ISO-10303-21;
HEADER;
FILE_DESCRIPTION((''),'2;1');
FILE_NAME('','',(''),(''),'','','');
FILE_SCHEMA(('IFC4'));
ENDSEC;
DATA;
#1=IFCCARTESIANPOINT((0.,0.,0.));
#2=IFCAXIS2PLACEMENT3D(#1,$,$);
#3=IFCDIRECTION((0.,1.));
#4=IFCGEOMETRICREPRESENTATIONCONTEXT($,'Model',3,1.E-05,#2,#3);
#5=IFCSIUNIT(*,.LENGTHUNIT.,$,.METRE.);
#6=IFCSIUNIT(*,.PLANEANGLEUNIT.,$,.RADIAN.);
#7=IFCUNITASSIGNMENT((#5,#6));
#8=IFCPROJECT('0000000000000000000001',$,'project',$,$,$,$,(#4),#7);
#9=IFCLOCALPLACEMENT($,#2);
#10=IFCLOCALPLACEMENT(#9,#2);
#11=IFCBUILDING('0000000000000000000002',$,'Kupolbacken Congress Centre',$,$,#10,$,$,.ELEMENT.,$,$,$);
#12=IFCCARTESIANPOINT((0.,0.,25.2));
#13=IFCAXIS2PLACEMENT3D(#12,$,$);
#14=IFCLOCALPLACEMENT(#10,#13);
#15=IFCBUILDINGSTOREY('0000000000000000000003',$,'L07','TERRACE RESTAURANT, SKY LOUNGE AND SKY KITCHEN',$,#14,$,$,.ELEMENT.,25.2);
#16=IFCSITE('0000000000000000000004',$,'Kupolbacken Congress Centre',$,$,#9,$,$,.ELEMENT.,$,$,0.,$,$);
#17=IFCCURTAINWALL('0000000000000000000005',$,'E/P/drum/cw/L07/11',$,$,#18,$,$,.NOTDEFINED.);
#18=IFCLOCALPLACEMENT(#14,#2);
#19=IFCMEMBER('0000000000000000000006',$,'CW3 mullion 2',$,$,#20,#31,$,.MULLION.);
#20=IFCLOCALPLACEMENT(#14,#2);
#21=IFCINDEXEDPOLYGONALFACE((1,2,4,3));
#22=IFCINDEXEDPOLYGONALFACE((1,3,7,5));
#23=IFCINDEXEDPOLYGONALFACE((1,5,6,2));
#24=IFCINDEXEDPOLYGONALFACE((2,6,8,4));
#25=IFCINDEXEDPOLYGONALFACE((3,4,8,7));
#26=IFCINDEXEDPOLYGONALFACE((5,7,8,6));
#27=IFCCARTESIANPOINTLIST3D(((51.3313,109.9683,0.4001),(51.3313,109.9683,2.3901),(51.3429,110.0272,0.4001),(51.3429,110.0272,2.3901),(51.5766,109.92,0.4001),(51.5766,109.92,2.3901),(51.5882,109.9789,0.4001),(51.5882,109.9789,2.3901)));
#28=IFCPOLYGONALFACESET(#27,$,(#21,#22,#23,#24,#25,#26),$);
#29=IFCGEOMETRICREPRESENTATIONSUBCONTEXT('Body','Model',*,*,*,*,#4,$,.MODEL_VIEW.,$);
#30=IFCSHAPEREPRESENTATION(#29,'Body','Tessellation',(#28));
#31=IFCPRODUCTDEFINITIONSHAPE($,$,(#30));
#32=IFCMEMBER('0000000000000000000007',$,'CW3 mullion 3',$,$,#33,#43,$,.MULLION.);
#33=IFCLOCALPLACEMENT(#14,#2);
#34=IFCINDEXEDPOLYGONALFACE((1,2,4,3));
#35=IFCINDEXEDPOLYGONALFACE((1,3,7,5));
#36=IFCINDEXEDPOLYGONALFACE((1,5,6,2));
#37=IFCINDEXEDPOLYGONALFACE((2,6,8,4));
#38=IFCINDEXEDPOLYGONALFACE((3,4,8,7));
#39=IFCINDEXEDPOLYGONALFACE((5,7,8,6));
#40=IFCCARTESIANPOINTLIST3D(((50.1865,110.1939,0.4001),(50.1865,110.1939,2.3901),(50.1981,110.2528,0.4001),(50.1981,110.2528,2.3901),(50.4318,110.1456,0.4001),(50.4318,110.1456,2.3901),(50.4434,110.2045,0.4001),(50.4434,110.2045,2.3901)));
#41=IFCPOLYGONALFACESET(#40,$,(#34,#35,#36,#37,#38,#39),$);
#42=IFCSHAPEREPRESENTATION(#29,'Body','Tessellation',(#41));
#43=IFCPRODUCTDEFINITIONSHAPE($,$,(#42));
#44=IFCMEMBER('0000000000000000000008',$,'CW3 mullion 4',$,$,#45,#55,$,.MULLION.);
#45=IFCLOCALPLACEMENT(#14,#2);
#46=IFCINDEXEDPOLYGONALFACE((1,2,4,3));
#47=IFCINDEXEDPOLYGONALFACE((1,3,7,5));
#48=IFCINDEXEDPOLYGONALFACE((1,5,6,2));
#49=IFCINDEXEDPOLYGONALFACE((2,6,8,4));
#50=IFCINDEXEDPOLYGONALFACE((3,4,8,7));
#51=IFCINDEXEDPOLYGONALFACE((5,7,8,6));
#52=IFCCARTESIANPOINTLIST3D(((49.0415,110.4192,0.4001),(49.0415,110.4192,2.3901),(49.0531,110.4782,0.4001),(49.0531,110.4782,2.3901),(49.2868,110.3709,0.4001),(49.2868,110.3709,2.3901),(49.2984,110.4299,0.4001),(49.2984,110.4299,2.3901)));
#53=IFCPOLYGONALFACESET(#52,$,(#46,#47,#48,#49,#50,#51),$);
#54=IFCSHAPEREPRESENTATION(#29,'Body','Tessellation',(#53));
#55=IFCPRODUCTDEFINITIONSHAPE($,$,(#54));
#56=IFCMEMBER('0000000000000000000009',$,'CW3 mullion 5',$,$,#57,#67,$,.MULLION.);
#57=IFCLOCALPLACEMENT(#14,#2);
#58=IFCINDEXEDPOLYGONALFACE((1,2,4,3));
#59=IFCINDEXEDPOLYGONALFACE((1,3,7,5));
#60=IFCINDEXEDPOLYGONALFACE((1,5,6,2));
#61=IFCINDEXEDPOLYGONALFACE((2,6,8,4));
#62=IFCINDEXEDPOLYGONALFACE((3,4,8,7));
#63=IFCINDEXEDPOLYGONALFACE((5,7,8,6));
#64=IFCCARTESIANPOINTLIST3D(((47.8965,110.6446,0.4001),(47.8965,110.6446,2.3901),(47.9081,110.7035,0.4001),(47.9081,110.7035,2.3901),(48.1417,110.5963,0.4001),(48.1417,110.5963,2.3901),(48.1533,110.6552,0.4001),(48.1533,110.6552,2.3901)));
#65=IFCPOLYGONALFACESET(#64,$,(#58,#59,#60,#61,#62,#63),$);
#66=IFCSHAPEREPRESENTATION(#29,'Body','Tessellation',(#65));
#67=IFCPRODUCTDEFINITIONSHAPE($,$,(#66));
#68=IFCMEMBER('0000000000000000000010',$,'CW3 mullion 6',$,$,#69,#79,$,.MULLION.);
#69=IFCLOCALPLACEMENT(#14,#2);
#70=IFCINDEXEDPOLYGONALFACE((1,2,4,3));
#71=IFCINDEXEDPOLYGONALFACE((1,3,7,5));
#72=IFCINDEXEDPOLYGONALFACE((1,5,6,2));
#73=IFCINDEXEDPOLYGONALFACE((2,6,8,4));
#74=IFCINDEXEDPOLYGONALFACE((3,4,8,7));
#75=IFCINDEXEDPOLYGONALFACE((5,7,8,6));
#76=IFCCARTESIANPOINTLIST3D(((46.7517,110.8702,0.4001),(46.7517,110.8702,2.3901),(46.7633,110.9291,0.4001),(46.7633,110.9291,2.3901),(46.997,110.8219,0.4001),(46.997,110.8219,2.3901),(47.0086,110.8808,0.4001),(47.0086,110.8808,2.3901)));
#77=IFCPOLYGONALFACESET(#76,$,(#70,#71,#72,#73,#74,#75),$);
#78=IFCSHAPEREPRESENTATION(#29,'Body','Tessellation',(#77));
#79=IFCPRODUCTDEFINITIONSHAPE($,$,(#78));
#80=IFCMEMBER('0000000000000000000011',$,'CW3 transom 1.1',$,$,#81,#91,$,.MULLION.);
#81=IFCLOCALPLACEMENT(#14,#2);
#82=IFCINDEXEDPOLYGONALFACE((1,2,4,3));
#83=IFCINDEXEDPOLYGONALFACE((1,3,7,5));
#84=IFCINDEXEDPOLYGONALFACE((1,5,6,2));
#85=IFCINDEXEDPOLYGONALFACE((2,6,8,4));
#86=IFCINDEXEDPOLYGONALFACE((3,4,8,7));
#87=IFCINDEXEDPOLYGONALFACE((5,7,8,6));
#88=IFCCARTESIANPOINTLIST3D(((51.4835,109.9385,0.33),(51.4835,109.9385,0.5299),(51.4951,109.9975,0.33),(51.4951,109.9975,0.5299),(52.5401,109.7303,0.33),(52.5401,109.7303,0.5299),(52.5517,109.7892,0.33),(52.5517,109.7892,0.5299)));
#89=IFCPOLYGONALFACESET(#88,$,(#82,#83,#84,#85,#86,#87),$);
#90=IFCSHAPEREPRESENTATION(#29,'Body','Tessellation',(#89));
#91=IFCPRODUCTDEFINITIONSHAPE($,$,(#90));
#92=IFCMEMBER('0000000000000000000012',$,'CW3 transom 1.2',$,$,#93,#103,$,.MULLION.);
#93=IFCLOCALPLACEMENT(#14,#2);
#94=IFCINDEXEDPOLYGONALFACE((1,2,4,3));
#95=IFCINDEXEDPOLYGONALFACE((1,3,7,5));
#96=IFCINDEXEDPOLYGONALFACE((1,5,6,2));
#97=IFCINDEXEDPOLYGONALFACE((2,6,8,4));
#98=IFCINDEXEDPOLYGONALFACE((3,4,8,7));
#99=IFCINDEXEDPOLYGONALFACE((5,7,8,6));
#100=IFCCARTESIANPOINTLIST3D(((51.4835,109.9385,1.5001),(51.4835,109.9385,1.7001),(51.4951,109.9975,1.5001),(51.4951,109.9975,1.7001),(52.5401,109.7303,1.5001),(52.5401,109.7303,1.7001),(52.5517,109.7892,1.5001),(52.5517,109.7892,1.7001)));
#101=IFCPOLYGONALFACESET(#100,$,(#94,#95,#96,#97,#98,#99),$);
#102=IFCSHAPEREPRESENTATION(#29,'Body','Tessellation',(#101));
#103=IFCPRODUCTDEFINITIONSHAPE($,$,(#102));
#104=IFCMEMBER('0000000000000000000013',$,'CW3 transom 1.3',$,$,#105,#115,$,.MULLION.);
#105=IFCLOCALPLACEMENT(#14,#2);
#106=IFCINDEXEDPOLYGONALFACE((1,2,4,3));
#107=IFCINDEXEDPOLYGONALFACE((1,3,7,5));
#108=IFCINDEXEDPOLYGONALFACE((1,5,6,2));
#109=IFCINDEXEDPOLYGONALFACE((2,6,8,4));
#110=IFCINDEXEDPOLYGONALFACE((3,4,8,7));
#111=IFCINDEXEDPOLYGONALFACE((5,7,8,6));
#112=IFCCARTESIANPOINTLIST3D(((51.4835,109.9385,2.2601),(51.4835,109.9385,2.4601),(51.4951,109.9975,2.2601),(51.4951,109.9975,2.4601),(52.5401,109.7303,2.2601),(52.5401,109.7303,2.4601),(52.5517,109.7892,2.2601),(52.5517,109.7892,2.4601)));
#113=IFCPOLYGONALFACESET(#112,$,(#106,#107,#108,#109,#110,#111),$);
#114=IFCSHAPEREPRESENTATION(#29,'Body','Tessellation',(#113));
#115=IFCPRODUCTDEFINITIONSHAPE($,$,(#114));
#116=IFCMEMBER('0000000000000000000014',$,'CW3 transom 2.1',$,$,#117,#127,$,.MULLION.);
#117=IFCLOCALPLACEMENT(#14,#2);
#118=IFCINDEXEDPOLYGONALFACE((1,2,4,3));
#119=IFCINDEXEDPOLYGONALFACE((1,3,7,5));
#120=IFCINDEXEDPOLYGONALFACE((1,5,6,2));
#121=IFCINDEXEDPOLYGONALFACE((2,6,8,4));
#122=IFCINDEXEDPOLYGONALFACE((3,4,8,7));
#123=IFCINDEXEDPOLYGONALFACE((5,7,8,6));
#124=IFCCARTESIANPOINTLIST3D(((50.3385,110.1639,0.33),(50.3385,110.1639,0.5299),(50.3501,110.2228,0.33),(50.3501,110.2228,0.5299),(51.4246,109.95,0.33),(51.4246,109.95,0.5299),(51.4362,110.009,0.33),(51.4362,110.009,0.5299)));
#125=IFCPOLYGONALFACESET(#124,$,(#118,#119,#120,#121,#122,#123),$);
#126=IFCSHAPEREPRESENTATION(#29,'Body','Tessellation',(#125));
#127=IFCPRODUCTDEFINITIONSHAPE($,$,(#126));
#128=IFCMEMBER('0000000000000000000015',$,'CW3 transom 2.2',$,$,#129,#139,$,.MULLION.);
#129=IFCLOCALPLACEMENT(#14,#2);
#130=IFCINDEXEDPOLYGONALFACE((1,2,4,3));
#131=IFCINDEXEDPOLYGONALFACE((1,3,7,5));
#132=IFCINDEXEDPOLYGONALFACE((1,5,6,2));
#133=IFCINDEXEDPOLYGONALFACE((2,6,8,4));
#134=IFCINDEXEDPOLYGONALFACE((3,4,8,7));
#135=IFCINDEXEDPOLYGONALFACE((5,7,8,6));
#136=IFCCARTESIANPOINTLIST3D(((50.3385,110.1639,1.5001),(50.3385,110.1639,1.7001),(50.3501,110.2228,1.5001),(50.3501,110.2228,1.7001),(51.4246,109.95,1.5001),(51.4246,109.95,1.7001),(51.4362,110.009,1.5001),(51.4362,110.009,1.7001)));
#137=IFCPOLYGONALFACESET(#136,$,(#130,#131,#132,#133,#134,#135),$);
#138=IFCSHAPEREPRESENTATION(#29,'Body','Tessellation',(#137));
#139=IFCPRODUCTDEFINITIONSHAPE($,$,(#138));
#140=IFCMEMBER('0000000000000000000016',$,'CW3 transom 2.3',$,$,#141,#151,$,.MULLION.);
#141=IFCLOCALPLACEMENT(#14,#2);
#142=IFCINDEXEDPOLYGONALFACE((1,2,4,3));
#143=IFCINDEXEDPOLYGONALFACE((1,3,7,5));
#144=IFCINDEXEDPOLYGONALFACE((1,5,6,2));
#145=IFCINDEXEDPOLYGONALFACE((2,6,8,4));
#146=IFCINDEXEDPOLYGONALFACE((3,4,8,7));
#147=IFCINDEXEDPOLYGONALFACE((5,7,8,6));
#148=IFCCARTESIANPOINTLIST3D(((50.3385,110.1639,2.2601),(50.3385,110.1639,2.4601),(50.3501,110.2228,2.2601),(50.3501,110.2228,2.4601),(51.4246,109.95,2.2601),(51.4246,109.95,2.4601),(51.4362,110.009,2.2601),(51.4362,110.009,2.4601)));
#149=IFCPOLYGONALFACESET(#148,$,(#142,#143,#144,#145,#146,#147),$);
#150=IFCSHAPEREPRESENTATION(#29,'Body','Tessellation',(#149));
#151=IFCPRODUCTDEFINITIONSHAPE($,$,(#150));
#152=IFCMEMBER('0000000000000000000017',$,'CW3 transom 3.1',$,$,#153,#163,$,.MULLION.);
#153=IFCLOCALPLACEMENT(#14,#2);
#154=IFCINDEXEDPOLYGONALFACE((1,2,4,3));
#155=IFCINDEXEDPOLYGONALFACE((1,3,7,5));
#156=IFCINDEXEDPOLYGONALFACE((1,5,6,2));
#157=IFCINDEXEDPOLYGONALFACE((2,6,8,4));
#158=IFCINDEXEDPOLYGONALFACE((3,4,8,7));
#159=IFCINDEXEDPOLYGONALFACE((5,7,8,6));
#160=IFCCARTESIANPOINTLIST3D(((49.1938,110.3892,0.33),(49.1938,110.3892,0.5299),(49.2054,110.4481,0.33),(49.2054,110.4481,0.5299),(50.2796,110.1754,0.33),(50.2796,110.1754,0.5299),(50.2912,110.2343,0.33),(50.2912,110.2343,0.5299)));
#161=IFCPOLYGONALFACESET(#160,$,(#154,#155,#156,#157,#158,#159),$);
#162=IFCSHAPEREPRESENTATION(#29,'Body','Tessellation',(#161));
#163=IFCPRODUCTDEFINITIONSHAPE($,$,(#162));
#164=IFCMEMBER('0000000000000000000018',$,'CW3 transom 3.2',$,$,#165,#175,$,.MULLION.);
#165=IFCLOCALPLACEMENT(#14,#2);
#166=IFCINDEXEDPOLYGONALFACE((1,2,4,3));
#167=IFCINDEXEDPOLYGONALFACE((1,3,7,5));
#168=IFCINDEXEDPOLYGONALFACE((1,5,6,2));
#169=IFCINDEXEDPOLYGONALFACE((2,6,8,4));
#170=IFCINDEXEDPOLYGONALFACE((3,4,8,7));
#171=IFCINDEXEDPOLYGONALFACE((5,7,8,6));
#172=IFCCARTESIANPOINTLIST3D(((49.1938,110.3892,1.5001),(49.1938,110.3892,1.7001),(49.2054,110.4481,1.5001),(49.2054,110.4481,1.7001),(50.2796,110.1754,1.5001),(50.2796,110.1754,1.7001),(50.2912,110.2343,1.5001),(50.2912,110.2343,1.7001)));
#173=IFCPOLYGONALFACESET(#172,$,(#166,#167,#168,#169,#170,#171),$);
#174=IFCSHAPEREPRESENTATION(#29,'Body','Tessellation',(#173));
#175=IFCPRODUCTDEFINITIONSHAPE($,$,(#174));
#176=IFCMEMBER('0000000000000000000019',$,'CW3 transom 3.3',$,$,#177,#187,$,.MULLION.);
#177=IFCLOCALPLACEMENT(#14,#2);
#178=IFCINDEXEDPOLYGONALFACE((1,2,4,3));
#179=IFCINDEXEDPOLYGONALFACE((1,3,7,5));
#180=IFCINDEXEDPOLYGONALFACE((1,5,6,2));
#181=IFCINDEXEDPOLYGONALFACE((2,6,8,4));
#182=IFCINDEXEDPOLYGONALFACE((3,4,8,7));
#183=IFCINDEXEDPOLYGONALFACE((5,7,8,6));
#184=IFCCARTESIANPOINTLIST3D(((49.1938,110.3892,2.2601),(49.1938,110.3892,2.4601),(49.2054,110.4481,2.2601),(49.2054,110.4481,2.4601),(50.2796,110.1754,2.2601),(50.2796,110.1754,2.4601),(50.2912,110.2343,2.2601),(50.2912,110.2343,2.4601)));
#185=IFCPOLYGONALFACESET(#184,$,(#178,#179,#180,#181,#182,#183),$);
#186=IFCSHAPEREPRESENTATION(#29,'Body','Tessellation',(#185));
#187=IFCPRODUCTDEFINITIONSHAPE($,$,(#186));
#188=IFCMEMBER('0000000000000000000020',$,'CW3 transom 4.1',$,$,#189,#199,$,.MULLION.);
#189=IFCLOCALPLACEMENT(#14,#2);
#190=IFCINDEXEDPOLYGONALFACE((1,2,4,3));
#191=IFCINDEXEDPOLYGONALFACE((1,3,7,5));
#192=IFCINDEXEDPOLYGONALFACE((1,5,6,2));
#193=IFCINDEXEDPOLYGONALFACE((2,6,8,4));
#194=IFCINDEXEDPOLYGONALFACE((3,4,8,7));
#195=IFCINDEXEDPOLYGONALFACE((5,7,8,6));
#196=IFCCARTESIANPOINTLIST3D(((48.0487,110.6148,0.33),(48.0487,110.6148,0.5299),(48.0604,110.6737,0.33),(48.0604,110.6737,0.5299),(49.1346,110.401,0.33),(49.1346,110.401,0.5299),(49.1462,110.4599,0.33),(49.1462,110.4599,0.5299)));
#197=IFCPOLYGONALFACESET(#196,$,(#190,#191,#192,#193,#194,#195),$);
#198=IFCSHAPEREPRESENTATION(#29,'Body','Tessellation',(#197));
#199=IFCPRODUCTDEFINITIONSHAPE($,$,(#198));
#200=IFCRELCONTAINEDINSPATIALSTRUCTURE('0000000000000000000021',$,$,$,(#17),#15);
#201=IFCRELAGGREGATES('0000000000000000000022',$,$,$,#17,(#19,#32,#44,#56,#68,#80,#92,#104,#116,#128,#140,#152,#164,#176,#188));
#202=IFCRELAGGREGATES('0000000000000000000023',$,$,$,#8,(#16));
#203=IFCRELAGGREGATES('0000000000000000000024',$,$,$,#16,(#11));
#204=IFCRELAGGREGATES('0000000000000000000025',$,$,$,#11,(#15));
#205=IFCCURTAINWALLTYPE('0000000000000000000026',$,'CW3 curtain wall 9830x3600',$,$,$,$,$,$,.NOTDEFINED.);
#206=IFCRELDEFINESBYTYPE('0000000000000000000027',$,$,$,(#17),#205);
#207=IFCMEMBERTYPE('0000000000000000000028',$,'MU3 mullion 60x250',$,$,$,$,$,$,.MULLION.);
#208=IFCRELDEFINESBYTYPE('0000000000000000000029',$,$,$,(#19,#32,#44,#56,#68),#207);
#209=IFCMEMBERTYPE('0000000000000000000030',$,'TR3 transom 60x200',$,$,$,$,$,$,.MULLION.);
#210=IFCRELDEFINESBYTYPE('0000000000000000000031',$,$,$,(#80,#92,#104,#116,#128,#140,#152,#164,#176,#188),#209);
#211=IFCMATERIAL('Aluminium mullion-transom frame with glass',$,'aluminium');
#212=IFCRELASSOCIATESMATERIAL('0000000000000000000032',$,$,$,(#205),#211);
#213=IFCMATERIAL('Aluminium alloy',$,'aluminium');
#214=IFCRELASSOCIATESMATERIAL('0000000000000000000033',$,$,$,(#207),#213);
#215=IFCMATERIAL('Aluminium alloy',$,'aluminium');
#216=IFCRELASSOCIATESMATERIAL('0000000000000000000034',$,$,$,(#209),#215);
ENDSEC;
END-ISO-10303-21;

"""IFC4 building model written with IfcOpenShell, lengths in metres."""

from ifc_helpers import new_model, si_unit, direction, frame, origin, origin_2d, place, context, subcontext, project, spatial, rectangle, extrude, material, material_profile, profile_set, type_object, element, aggregate, save


model = new_model("IFC4")

# Units and contexts
model_context = context("Model", 3, precision=1e-05, world=origin(), true_north=direction((0.0, 1.0)))
body_context = subcontext(model_context, "Body", "Model", "MODEL_VIEW")
ifc_project = project(units=[si_unit("LENGTHUNIT", "METRE"), si_unit("PLANEANGLEUNIT", "RADIAN")], contexts=[model_context])

# Site, building, storey
site_placement = place(None, origin())
site = spatial("IfcSite", under=ifc_project, at=site_placement, Name="Kupolbacken Congress Centre", CompositionType="ELEMENT", RefElevation=0.0)
building_placement = place(site_placement, origin())
building = spatial("IfcBuilding", under=site, at=building_placement, Name="Kupolbacken Congress Centre", CompositionType="ELEMENT")
storey_placement = place(building_placement, frame((0.0, 0.0, 25.2)))
storey = spatial("IfcBuildingStorey", under=building, at=storey_placement, Name="L07", Description="TERRACE RESTAURANT, SKY LOUNGE AND SKY KITCHEN", CompositionType="ELEMENT", Elevation=25.2)

# Curtain wall, members
ifc_material_1 = material(Name="Aluminium mullion-transom frame with glass", Category="aluminium")
curtain_wall_type = type_object("IfcCurtainWallType", Name="CW3 curtain wall 9830x3600", PredefinedType="NOTDEFINED", material=ifc_material_1)
curtain_wall_placement = place(storey_placement, origin())
curtain_wall = element("IfcCurtainWall", 1, at=curtain_wall_placement, inside=storey, type_object=curtain_wall_type, Name="E/P/drum/cw/L07/11", PredefinedType="NOTDEFINED")
ifc_material_2 = material(Name="Aluminium alloy", Category="aluminium")
ifc_material_profile_1 = material_profile(ifc_material_2, rectangle(XDim=0.0601, YDim=0.25, at=origin_2d()), Name="60 x 250")
ifc_profile_set_1 = profile_set([ifc_material_profile_1], Name="Aluminium alloy")
member_type_1 = type_object("IfcMemberType", Name="MU3 mullion 60x250", PredefinedType="MULLION", material=ifc_profile_set_1)
member_1_placement = place(storey_placement, frame((51.4597, 109.9736, 0.4001), z_axis=(0.0, 0.0, 1.0), x_axis=(-0.193182, -0.981163, 0.0)))
member_1 = element("IfcMember", 2, at=member_1_placement, type_object=member_type_1, Name="CW3 mullion 2", PredefinedType="MULLION", context=body_context, shape_type="SweptSolid", body=[
    extrude(rectangle(XDim=0.0601, YDim=0.25, at=origin_2d()), origin(), (0.0, 0.0, 1.0), 1.99),
])
member_2_placement = place(storey_placement, frame((50.3149, 110.1992, 0.4001), z_axis=(0.0, 0.0, 1.0), x_axis=(-0.193182, -0.981163, 0.0)))
member_2 = element("IfcMember", 3, at=member_2_placement, type_object=member_type_1, Name="CW3 mullion 3", PredefinedType="MULLION", context=body_context, shape_type="SweptSolid", body=[
    extrude(rectangle(XDim=0.0601, YDim=0.25, at=origin_2d()), origin(), (0.0, 0.0, 1.0), 1.99),
])
member_3_placement = place(storey_placement, frame((49.1699, 110.4246, 0.4001), z_axis=(0.0, 0.0, 1.0), x_axis=(-0.193182, -0.981163, 0.0)))
member_3 = element("IfcMember", 4, at=member_3_placement, type_object=member_type_1, Name="CW3 mullion 4", PredefinedType="MULLION", context=body_context, shape_type="SweptSolid", body=[
    extrude(rectangle(XDim=0.0601, YDim=0.25, at=origin_2d()), origin(), (0.0, 0.0, 1.0), 1.99),
])
member_4_placement = place(storey_placement, frame((48.0249, 110.6499, 0.4001), z_axis=(0.0, 0.0, 1.0), x_axis=(-0.193182, -0.981163, 0.0)))
member_4 = element("IfcMember", 5, at=member_4_placement, type_object=member_type_1, Name="CW3 mullion 5", PredefinedType="MULLION", context=body_context, shape_type="SweptSolid", body=[
    extrude(rectangle(XDim=0.0601, YDim=0.25, at=origin_2d()), origin(), (0.0, 0.0, 1.0), 1.99),
])
member_5_placement = place(storey_placement, frame((46.8801, 110.8755, 0.4001), z_axis=(0.0, 0.0, 1.0), x_axis=(-0.193182, -0.981163, 0.0)))
member_5 = element("IfcMember", 6, at=member_5_placement, type_object=member_type_1, Name="CW3 mullion 6", PredefinedType="MULLION", context=body_context, shape_type="SweptSolid", body=[
    extrude(rectangle(XDim=0.0601, YDim=0.25, at=origin_2d()), origin(), (0.0, 0.0, 1.0), 1.99),
])
ifc_material_3 = material(Name="Aluminium alloy", Category="aluminium")
ifc_material_profile_2 = material_profile(ifc_material_3, rectangle(XDim=0.0601, YDim=0.2, at=origin_2d()), Name="60 x 200")
ifc_profile_set_2 = profile_set([ifc_material_profile_2], Name="Aluminium alloy")
member_type_2 = type_object("IfcMemberType", Name="TR3 transom 60x200", PredefinedType="MULLION", material=ifc_profile_set_2)
member_6_placement = place(storey_placement, frame((52.5459, 109.7598, 0.4299), z_axis=(-0.981126, 0.193369, 0.0), x_axis=(-0.193369, -0.981126, 0.0)))
member_6 = element("IfcMember", 7, at=member_6_placement, type_object=member_type_2, Name="CW3 transom 1.1", PredefinedType="MULLION", context=body_context, shape_type="SweptSolid", body=[
    extrude(rectangle(XDim=0.0601, YDim=0.2, at=origin_2d()), origin(), (0.0, 0.0, 1.0), 1.0769),
])
member_7_placement = place(storey_placement, frame((52.5459, 109.7598, 1.6001), z_axis=(-0.981126, 0.193369, 0.0), x_axis=(-0.193369, -0.981126, 0.0)))
member_7 = element("IfcMember", 8, at=member_7_placement, type_object=member_type_2, Name="CW3 transom 1.2", PredefinedType="MULLION", context=body_context, shape_type="SweptSolid", body=[
    extrude(rectangle(XDim=0.0601, YDim=0.2, at=origin_2d()), origin(), (0.0, 0.0, 1.0), 1.0769),
])
member_8_placement = place(storey_placement, frame((52.5459, 109.7598, 2.3601), z_axis=(-0.981126, 0.193369, 0.0), x_axis=(-0.193369, -0.981126, 0.0)))
member_8 = element("IfcMember", 9, at=member_8_placement, type_object=member_type_2, Name="CW3 transom 1.3", PredefinedType="MULLION", context=body_context, shape_type="SweptSolid", body=[
    extrude(rectangle(XDim=0.0601, YDim=0.2, at=origin_2d()), origin(), (0.0, 0.0, 1.0), 1.0769),
])
member_9_placement = place(storey_placement, frame((51.4304, 109.9795, 0.4299), z_axis=(-0.981162, 0.193189, 0.0), x_axis=(-0.193189, -0.981162, 0.0)))
member_9 = element("IfcMember", 10, at=member_9_placement, type_object=member_type_2, Name="CW3 transom 2.1", PredefinedType="MULLION", context=body_context, shape_type="SweptSolid", body=[
    extrude(rectangle(XDim=0.0601, YDim=0.2, at=origin_2d()), origin(), (0.0, 0.0, 1.0), 1.1069),
])
member_10_placement = place(storey_placement, frame((51.4304, 109.9795, 1.6001), z_axis=(-0.981162, 0.193189, 0.0), x_axis=(-0.193189, -0.981162, 0.0)))
member_10 = element("IfcMember", 11, at=member_10_placement, type_object=member_type_2, Name="CW3 transom 2.2", PredefinedType="MULLION", context=body_context, shape_type="SweptSolid", body=[
    extrude(rectangle(XDim=0.0601, YDim=0.2, at=origin_2d()), origin(), (0.0, 0.0, 1.0), 1.1069),
])
member_11_placement = place(storey_placement, frame((51.4304, 109.9795, 2.3601), z_axis=(-0.981162, 0.193189, 0.0), x_axis=(-0.193189, -0.981162, 0.0)))
member_11 = element("IfcMember", 12, at=member_11_placement, type_object=member_type_2, Name="CW3 transom 2.3", PredefinedType="MULLION", context=body_context, shape_type="SweptSolid", body=[
    extrude(rectangle(XDim=0.0601, YDim=0.2, at=origin_2d()), origin(), (0.0, 0.0, 1.0), 1.1069),
])
member_12_placement = place(storey_placement, frame((50.2854, 110.2048, 0.4299), z_axis=(-0.981153, 0.193231, 0.0), x_axis=(-0.193231, -0.981153, 0.0)))
member_12 = element("IfcMember", 13, at=member_12_placement, type_object=member_type_2, Name="CW3 transom 3.1", PredefinedType="MULLION", context=body_context, shape_type="SweptSolid", body=[
    extrude(rectangle(XDim=0.0601, YDim=0.2, at=origin_2d()), origin(), (0.0, 0.0, 1.0), 1.1067),
])
member_13_placement = place(storey_placement, frame((50.2854, 110.2048, 1.6001), z_axis=(-0.981153, 0.193231, 0.0), x_axis=(-0.193231, -0.981153, 0.0)))
member_13 = element("IfcMember", 14, at=member_13_placement, type_object=member_type_2, Name="CW3 transom 3.2", PredefinedType="MULLION", context=body_context, shape_type="SweptSolid", body=[
    extrude(rectangle(XDim=0.0601, YDim=0.2, at=origin_2d()), origin(), (0.0, 0.0, 1.0), 1.1067),
])
member_14_placement = place(storey_placement, frame((50.2854, 110.2048, 2.3601), z_axis=(-0.981153, 0.193231, 0.0), x_axis=(-0.193231, -0.981153, 0.0)))
member_14 = element("IfcMember", 15, at=member_14_placement, type_object=member_type_2, Name="CW3 transom 3.3", PredefinedType="MULLION", context=body_context, shape_type="SweptSolid", body=[
    extrude(rectangle(XDim=0.0601, YDim=0.2, at=origin_2d()), origin(), (0.0, 0.0, 1.0), 1.1067),
])
member_15_placement = place(storey_placement, frame((49.1404, 110.4304, 0.4299), z_axis=(-0.981153, 0.193231, 0.0), x_axis=(-0.193231, -0.981153, 0.0)))
member_15 = element("IfcMember", 16, at=member_15_placement, type_object=member_type_2, Name="CW3 transom 4.1", PredefinedType="MULLION", context=body_context, shape_type="SweptSolid", body=[
    extrude(rectangle(XDim=0.0601, YDim=0.2, at=origin_2d()), origin(), (0.0, 0.0, 1.0), 1.1067),
])
aggregate(curtain_wall, [member_1, member_2, member_3, member_4, member_5, member_6, member_7, member_8, member_9, member_10, member_11, member_12, member_13, member_14, member_15])

save(model, "model.ifc")
